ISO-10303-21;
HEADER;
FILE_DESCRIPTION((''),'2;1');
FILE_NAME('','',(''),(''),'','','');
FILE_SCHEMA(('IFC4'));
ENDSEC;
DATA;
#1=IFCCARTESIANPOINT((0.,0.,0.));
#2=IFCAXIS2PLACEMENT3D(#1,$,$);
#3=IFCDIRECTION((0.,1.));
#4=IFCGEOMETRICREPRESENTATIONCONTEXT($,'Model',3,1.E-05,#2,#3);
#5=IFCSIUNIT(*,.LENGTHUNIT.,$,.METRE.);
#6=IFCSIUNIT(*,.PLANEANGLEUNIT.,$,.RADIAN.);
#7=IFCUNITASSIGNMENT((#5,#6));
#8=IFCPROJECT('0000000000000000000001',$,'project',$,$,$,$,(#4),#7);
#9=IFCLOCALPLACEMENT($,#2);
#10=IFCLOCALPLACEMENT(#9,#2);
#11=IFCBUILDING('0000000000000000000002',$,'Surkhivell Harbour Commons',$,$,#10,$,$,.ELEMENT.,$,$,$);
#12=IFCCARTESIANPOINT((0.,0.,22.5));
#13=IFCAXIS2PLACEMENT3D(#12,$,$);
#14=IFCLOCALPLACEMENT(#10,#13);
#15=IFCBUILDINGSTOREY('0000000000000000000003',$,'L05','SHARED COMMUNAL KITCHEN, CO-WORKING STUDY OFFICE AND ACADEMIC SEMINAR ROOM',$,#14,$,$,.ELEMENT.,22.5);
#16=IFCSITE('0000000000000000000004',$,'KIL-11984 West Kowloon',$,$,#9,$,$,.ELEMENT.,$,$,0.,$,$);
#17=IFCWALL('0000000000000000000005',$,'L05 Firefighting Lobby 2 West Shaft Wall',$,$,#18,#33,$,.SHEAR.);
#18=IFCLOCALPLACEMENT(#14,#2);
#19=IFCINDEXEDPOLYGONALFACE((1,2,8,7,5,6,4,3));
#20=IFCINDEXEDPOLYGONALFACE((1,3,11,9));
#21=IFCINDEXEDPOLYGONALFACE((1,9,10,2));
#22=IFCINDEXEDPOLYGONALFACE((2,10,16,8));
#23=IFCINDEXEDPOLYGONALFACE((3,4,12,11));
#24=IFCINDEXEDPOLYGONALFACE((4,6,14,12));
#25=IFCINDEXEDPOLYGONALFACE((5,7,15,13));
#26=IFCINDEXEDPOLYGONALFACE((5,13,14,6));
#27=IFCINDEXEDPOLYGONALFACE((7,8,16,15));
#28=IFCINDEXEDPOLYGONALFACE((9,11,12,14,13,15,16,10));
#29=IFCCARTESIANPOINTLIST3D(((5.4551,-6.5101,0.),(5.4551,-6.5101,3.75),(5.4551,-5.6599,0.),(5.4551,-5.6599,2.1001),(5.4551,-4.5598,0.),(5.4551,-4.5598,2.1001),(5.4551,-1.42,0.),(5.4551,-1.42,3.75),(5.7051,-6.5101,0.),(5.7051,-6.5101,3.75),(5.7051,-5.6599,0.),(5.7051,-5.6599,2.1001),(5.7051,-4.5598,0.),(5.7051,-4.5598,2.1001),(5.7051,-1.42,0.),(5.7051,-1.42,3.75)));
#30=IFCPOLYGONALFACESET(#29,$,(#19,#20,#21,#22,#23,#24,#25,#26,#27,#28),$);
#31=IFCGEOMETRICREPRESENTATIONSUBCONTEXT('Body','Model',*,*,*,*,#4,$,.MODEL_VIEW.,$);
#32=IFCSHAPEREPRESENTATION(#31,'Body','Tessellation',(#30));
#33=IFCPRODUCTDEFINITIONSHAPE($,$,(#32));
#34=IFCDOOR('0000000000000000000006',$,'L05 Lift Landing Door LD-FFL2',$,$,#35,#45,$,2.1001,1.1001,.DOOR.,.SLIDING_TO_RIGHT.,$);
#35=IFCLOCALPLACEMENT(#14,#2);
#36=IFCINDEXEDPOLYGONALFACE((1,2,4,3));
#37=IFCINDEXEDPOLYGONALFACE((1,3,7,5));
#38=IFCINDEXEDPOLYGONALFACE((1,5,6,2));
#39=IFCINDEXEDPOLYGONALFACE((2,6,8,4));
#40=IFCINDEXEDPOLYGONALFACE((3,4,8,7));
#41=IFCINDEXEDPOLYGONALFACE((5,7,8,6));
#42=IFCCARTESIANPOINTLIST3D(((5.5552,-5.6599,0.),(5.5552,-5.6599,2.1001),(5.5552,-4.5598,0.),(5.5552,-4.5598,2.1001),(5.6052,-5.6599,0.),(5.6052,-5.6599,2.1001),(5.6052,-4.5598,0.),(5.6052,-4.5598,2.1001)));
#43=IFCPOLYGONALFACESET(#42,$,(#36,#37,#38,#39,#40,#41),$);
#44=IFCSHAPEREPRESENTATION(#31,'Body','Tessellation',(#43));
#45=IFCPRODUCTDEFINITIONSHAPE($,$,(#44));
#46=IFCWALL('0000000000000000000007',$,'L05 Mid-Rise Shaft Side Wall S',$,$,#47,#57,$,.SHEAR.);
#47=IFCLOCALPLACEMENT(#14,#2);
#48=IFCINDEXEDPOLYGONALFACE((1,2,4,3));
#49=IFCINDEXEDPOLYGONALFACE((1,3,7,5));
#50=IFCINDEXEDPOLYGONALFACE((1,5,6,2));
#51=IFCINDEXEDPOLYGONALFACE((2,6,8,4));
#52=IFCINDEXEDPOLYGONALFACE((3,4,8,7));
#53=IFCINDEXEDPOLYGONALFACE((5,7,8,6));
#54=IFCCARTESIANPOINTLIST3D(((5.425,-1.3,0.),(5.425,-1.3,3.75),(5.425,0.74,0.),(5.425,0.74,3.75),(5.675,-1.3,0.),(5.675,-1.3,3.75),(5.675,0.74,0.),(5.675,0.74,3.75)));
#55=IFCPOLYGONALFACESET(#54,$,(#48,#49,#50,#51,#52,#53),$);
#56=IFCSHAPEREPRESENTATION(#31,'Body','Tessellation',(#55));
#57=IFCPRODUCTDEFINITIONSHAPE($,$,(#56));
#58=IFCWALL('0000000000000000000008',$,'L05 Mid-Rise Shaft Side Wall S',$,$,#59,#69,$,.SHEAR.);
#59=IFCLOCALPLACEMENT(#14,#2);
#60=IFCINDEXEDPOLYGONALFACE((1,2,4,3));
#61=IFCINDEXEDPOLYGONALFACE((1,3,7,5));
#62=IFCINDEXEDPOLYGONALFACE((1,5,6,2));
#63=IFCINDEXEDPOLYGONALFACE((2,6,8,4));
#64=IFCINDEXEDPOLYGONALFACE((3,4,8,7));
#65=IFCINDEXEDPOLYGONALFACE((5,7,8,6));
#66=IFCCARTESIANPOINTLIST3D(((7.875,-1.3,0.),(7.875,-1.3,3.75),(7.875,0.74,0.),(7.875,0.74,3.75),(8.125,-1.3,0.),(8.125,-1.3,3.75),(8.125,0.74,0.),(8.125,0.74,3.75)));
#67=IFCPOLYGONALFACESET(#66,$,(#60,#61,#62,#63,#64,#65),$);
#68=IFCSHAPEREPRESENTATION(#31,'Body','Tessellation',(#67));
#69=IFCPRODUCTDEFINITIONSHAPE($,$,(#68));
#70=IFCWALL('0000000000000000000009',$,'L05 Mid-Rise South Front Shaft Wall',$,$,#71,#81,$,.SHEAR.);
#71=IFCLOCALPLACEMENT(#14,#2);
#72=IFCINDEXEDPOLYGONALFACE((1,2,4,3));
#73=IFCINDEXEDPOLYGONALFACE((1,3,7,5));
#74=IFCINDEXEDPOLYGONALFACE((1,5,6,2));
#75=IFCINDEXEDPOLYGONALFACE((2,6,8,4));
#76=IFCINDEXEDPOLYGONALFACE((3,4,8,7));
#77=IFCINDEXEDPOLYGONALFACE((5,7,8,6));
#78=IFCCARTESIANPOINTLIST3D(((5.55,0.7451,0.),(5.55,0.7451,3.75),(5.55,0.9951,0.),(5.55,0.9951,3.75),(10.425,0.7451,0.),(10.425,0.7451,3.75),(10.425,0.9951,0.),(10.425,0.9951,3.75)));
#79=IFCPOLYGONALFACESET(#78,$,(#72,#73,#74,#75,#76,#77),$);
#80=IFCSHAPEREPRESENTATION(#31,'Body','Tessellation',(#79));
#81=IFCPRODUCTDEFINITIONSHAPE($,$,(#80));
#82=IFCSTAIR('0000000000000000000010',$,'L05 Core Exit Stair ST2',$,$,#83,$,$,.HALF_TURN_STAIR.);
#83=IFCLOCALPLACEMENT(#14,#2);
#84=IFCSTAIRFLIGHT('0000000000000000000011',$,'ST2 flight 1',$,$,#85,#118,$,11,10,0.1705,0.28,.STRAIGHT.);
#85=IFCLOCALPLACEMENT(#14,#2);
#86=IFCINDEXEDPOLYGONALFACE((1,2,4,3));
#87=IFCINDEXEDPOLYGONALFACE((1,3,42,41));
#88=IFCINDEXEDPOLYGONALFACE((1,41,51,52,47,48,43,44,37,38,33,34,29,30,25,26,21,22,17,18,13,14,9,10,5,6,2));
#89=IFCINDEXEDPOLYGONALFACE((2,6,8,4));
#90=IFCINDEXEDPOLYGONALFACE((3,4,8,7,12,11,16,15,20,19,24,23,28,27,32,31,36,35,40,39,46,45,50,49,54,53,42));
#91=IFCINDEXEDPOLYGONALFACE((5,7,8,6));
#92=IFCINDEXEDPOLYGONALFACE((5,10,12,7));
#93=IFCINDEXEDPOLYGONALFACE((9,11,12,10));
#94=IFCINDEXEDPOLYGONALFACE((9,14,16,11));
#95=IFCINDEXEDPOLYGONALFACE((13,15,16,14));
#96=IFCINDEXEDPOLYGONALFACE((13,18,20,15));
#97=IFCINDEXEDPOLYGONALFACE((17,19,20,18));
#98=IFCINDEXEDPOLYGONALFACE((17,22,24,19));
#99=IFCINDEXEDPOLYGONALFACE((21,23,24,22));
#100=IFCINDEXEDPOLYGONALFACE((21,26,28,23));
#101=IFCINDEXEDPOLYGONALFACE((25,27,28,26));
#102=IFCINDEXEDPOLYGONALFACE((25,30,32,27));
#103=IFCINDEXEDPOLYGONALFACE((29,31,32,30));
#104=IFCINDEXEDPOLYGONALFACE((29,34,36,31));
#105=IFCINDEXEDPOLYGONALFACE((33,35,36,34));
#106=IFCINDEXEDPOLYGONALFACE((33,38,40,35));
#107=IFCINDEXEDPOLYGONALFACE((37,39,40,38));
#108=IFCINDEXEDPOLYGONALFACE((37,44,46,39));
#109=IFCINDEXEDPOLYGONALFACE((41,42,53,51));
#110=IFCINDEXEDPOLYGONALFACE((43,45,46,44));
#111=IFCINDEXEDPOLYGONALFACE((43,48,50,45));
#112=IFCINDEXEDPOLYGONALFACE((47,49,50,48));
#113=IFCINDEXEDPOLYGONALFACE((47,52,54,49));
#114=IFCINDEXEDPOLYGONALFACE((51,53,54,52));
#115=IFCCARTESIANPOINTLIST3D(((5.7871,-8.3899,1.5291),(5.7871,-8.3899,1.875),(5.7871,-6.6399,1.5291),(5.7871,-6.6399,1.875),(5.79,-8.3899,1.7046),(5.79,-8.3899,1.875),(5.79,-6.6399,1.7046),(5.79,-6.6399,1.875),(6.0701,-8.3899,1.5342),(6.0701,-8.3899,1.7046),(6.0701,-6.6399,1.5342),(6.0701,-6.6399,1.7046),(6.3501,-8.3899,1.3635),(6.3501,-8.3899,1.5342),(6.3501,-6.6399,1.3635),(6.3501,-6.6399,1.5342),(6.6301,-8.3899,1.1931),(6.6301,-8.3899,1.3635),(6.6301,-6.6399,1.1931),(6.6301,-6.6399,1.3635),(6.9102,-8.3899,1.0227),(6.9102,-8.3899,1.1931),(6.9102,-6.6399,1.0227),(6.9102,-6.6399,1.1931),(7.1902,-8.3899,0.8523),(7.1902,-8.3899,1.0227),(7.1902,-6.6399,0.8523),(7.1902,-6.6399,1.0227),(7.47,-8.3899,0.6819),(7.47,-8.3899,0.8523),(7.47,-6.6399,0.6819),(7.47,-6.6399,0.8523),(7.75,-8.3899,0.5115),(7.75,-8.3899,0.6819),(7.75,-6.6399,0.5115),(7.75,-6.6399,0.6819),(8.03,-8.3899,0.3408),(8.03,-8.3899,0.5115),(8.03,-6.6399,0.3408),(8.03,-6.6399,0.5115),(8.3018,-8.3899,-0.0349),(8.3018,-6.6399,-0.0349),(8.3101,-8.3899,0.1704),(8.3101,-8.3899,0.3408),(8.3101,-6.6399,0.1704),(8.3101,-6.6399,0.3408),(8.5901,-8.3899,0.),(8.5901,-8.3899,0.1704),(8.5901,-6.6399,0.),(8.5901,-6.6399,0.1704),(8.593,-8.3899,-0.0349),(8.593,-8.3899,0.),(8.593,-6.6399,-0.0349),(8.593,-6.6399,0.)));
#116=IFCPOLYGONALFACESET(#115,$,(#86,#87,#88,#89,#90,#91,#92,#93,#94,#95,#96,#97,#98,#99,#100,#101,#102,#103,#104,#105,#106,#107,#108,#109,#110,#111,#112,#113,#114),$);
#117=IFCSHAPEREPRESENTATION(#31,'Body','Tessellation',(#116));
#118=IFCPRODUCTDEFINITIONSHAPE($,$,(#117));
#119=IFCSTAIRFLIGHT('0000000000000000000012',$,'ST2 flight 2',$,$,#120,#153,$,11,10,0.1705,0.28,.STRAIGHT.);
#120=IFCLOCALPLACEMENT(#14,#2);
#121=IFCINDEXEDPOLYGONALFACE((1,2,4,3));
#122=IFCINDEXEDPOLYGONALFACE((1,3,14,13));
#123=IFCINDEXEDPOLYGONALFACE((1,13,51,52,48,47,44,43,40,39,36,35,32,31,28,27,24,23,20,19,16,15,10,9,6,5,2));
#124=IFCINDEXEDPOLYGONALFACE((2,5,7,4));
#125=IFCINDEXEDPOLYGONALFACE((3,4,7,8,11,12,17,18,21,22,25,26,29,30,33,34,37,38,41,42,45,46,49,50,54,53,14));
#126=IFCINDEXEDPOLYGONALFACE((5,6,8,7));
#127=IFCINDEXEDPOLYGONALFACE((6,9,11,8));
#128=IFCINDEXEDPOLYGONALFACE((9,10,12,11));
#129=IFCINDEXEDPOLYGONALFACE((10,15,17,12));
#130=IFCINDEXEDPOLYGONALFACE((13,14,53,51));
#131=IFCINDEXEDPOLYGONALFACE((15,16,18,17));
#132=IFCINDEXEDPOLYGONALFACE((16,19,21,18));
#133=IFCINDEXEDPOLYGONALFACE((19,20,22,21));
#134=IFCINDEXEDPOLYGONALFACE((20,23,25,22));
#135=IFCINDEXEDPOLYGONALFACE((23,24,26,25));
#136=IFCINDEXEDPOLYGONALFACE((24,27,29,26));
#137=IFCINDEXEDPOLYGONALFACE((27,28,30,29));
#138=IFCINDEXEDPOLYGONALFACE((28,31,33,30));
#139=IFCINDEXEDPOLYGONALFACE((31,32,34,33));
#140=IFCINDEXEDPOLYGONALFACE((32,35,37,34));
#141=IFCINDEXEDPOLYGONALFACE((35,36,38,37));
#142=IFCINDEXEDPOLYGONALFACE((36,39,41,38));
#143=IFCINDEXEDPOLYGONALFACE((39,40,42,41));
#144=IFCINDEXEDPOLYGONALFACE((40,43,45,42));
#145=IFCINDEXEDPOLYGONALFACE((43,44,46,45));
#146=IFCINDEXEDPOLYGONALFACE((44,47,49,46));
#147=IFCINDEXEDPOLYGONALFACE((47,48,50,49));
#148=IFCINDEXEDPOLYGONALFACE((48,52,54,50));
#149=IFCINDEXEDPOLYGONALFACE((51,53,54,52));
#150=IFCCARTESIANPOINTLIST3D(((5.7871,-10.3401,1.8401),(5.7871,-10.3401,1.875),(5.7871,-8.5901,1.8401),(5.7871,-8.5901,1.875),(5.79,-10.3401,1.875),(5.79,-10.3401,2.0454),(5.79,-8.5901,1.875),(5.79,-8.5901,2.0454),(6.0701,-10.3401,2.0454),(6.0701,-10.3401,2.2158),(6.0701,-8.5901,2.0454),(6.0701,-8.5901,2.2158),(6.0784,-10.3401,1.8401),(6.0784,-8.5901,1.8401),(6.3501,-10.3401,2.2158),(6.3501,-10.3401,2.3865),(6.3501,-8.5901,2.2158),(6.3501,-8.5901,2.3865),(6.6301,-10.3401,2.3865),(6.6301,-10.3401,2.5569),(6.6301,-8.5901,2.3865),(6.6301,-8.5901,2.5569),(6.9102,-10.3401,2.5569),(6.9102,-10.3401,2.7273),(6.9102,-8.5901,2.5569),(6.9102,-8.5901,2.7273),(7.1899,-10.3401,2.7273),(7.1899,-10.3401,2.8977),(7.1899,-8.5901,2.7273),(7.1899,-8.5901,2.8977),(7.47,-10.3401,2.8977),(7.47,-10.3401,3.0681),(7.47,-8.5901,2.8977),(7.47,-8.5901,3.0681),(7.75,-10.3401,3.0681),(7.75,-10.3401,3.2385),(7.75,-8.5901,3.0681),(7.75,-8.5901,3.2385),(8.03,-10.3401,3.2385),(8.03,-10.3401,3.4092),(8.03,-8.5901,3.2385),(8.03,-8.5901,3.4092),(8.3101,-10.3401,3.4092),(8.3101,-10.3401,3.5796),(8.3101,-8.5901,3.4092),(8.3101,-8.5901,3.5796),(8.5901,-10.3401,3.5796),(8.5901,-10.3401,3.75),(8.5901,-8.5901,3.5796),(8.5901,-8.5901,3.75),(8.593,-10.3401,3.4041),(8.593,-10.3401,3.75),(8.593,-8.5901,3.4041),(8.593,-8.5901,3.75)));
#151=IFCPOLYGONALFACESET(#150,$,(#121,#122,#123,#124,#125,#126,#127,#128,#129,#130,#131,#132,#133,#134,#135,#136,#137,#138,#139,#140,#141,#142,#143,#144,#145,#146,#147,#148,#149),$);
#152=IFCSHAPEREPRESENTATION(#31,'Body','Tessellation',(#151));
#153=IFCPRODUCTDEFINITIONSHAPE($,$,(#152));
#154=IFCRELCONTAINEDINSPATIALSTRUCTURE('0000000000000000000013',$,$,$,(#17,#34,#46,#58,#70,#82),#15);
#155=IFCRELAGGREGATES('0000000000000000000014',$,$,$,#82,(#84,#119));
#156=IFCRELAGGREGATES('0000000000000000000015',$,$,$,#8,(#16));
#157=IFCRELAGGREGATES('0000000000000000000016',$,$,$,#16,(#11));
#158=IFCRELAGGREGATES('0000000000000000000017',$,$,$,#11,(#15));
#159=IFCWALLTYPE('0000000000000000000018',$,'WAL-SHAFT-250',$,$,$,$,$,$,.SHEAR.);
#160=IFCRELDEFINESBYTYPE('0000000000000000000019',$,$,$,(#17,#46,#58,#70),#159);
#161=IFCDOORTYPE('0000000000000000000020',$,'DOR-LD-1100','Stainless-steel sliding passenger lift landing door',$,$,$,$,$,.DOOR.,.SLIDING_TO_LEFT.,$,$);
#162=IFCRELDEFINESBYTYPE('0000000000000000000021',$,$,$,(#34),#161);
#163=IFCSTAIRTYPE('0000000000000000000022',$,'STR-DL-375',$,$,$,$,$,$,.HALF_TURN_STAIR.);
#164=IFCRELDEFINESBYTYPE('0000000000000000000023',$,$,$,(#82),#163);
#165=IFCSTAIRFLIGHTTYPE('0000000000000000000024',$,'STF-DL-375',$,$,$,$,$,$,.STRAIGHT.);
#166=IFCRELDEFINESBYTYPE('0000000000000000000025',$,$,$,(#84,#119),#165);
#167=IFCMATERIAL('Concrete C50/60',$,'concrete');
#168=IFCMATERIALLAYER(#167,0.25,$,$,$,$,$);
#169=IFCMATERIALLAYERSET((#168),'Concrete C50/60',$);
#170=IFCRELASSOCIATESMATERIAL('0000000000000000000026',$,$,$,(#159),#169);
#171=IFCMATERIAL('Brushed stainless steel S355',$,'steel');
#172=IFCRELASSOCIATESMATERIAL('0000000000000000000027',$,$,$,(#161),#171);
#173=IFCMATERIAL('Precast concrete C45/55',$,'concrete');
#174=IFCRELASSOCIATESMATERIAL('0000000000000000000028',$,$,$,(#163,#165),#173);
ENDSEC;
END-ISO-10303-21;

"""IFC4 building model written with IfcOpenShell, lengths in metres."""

from ifc_helpers import new_model, si_unit, direction, frame, frame_2d, origin, place, context, subcontext, project, spatial, polyline, rectangle, outline, extrude, material, layer, layer_set, type_object, element, fill, aggregate, save


model = new_model("IFC4")

# Units and contexts
model_context = context("Model", 3, precision=1e-05, world=origin(), true_north=direction((0.0, 1.0)))
body_context = subcontext(model_context, "Body", "Model", "MODEL_VIEW")
ifc_project = project(units=[si_unit("LENGTHUNIT", "METRE"), si_unit("PLANEANGLEUNIT", "RADIAN")], contexts=[model_context])

# Site, building, storey
site_placement = place(None, origin())
site = spatial("IfcSite", under=ifc_project, at=site_placement, Name="KIL-11984 West Kowloon", CompositionType="ELEMENT", RefElevation=0.0)
building_placement = place(site_placement, origin())
building = spatial("IfcBuilding", under=site, at=building_placement, Name="Surkhivell Harbour Commons", CompositionType="ELEMENT")
storey_placement = place(building_placement, frame((0.0, 0.0, 22.5)))
storey = spatial("IfcBuildingStorey", under=building, at=storey_placement, Name="L05", Description="SHARED COMMUNAL KITCHEN, CO-WORKING STUDY OFFICE AND ACADEMIC SEMINAR ROOM", CompositionType="ELEMENT", Elevation=22.5)

# Shared definitions
ifc_material_1 = material(Name="Concrete C50/60", Category="concrete")
ifc_layer_1 = layer(ifc_material_1, 0.25)
ifc_layer_set_1 = layer_set([ifc_layer_1], Name="Concrete C50/60")
wall_type_1 = type_object("IfcWallType", Name="WAL-SHAFT-250", PredefinedType="SHEAR", material=ifc_layer_set_1)

# Wall, opening, door
wall_1_placement = place(storey_placement, frame((5.5801, -6.51, 0.0), z_axis=(0.0, 0.0, 1.0), x_axis=(0.0, 1.0, 0.0)))
wall_1 = element("IfcWall", 1, at=wall_1_placement, inside=storey, type_object=wall_type_1, Name="L05 Firefighting Lobby 2 West Shaft Wall", PredefinedType="SHEAR", context=body_context, shape_type="SweptSolid", body=[
    extrude(rectangle(XDim=5.0901, YDim=0.25, at=frame_2d((2.5449, 0.0))), origin(), (0.0, 0.0, 1.0), 3.75),
])
opening_placement = place(wall_1_placement, frame((0.8501, 0.0, 0.0)))
opening = element("IfcOpeningElement", 2, at=opening_placement, cuts=wall_1, PredefinedType="OPENING", context=body_context, shape_type="SweptSolid", body=[
    extrude(rectangle(XDim=1.1001, YDim=2.1001, at=frame_2d((0.55, 1.05))), frame((0.0, 0.135, 0.0), z_axis=(0.0, -1.0, 0.0), x_axis=(1.0, 0.0, 0.0)), (0.0, 0.0, 1.0), 0.27),
])
ifc_material_2 = material(Name="Brushed stainless steel S355", Category="steel")
door_type = type_object("IfcDoorType", Name="DOR-LD-1100", Description="Stainless-steel sliding passenger lift landing door", OperationType="SLIDING_TO_LEFT", PredefinedType="DOOR", material=ifc_material_2)
door_placement = place(opening_placement, origin())
door = element("IfcDoor", 3, at=door_placement, inside=storey, type_object=door_type, Name="L05 Lift Landing Door LD-FFL2", OperationType="SLIDING_TO_RIGHT", OverallHeight=2.1001, OverallWidth=1.1001, PredefinedType="DOOR", context=body_context, shape_type="SweptSolid", body=[
    extrude(rectangle(XDim=1.1001, YDim=2.1001, at=frame_2d((0.55, 1.05))), frame((0.0, 0.0249, 0.0), z_axis=(0.0, -1.0, 0.0), x_axis=(1.0, 0.0, 0.0)), (0.0, 0.0, 1.0), 0.05),
])
fill(opening, door)

# Walls
for number, where, z_axis, x_axis, name in (
    (4, (5.55, -1.3, 0.0), (0.0, 0.0, 1.0), (0.0, 1.0, 0.0), "L05 Mid-Rise Shaft Side Wall S"),
    (5, (8.0, -1.3, 0.0), (0.0, 0.0, 1.0), (0.0, 1.0, 0.0), "L05 Mid-Rise Shaft Side Wall S"),
):
    element("IfcWall", number, at=place(storey_placement, frame(where, z_axis=z_axis, x_axis=x_axis)), inside=storey, type_object=wall_type_1, Name=name, PredefinedType="SHEAR", context=body_context, shape_type="SweptSolid", body=[
        extrude(rectangle(XDim=2.04, YDim=0.25, at=frame_2d((1.02, 0.0))), origin(), (0.0, 0.0, 1.0), 3.75),
    ])
wall_2_placement = place(storey_placement, frame((5.55, 0.8701, 0.0), z_axis=(0.0, 0.0, 1.0), x_axis=(1.0, 0.0, 0.0)))
element("IfcWall", 6, at=wall_2_placement, inside=storey, type_object=wall_type_1, Name="L05 Mid-Rise South Front Shaft Wall", PredefinedType="SHEAR", context=body_context, shape_type="SweptSolid", body=[
    extrude(rectangle(XDim=4.875, YDim=0.25, at=frame_2d((2.4375, 0.0))), origin(), (0.0, 0.0, 1.0), 3.75),
])

# Stair, stair flights
ifc_material_3 = material(Name="Precast concrete C45/55", Category="concrete")
stair_type = type_object("IfcStairType", Name="STR-DL-375", PredefinedType="HALF_TURN_STAIR", material=ifc_material_3)
stair_placement = place(storey_placement, origin())
stair = element("IfcStair", 7, at=stair_placement, inside=storey, type_object=stair_type, Name="L05 Core Exit Stair ST2", PredefinedType="HALF_TURN_STAIR")
stair_flight_type = type_object("IfcStairFlightType", Name="STF-DL-375", PredefinedType="STRAIGHT", material=ifc_material_3)
stair_flight_1_placement = place(storey_placement, frame((8.5901, -7.5149, 0.0), z_axis=(0.0, 0.0, 1.0), x_axis=(-1.0, 0.0, 0.0)))
stair_flight_1 = element("IfcStairFlight", 8, at=stair_flight_1_placement, type_object=stair_flight_type, Name="ST2 flight 1", NumberOfRisers=11, NumberOfTreads=10, PredefinedType="STRAIGHT", RiserHeight=0.1705, TreadLength=0.28, context=body_context, shape_type="SweptSolid", body=[
    extrude(outline(polyline([(-0.0029, -0.0349), (-0.0029, 0.0), (0.0, 0.0), (0.0, 0.1704), (0.28, 0.1704), (0.28, 0.3408), (0.5601, 0.3408), (0.5601, 0.5115), (0.8401, 0.5115), (0.8401, 0.6819), (1.1201, 0.6819), (1.1201, 0.8523), (1.3999, 0.8523), (1.3999, 1.0227), (1.6799, 1.0227), (1.6799, 1.1931), (1.96, 1.1931), (1.96, 1.3635), (2.24, 1.3635), (2.24, 1.5342), (2.52, 1.5342), (2.52, 1.7046), (2.8, 1.7046), (2.8, 1.875), (2.803, 1.875), (2.803, 1.5291), (0.2883, -0.0349), (-0.0029, -0.0349)])), frame((0.0, 0.875, 0.0), z_axis=(0.0, -1.0, 0.0), x_axis=(1.0, 0.0, 0.0)), (0.0, 0.0, 1.0), 1.75),
])
stair_flight_2_placement = place(storey_placement, frame((5.79, -9.4651, 1.875), z_axis=(0.0, 0.0, 1.0), x_axis=(1.0, 0.0, 0.0)))
stair_flight_2 = element("IfcStairFlight", 9, at=stair_flight_2_placement, type_object=stair_flight_type, Name="ST2 flight 2", NumberOfRisers=11, NumberOfTreads=10, PredefinedType="STRAIGHT", RiserHeight=0.1705, TreadLength=0.28, context=body_context, shape_type="SweptSolid", body=[
    extrude(outline(polyline([(-0.0029, -0.0349), (-0.0029, 0.0), (0.0, 0.0), (0.0, 0.1704), (0.28, 0.1704), (0.28, 0.3408), (0.5601, 0.3408), (0.5601, 0.5115), (0.8401, 0.5115), (0.8401, 0.6819), (1.1201, 0.6819), (1.1201, 0.8523), (1.3999, 0.8523), (1.3999, 1.0227), (1.6799, 1.0227), (1.6799, 1.1931), (1.96, 1.1931), (1.96, 1.3635), (2.24, 1.3635), (2.24, 1.5342), (2.52, 1.5342), (2.52, 1.7046), (2.8, 1.7046), (2.8, 1.875), (2.803, 1.875), (2.803, 1.5291), (0.2883, -0.0349), (-0.0029, -0.0349)])), frame((0.0, 0.875, 0.0), z_axis=(0.0, -1.0, 0.0), x_axis=(1.0, 0.0, 0.0)), (0.0, 0.0, 1.0), 1.75),
])
aggregate(stair, [stair_flight_1, stair_flight_2])

save(model, "model.ifc")
